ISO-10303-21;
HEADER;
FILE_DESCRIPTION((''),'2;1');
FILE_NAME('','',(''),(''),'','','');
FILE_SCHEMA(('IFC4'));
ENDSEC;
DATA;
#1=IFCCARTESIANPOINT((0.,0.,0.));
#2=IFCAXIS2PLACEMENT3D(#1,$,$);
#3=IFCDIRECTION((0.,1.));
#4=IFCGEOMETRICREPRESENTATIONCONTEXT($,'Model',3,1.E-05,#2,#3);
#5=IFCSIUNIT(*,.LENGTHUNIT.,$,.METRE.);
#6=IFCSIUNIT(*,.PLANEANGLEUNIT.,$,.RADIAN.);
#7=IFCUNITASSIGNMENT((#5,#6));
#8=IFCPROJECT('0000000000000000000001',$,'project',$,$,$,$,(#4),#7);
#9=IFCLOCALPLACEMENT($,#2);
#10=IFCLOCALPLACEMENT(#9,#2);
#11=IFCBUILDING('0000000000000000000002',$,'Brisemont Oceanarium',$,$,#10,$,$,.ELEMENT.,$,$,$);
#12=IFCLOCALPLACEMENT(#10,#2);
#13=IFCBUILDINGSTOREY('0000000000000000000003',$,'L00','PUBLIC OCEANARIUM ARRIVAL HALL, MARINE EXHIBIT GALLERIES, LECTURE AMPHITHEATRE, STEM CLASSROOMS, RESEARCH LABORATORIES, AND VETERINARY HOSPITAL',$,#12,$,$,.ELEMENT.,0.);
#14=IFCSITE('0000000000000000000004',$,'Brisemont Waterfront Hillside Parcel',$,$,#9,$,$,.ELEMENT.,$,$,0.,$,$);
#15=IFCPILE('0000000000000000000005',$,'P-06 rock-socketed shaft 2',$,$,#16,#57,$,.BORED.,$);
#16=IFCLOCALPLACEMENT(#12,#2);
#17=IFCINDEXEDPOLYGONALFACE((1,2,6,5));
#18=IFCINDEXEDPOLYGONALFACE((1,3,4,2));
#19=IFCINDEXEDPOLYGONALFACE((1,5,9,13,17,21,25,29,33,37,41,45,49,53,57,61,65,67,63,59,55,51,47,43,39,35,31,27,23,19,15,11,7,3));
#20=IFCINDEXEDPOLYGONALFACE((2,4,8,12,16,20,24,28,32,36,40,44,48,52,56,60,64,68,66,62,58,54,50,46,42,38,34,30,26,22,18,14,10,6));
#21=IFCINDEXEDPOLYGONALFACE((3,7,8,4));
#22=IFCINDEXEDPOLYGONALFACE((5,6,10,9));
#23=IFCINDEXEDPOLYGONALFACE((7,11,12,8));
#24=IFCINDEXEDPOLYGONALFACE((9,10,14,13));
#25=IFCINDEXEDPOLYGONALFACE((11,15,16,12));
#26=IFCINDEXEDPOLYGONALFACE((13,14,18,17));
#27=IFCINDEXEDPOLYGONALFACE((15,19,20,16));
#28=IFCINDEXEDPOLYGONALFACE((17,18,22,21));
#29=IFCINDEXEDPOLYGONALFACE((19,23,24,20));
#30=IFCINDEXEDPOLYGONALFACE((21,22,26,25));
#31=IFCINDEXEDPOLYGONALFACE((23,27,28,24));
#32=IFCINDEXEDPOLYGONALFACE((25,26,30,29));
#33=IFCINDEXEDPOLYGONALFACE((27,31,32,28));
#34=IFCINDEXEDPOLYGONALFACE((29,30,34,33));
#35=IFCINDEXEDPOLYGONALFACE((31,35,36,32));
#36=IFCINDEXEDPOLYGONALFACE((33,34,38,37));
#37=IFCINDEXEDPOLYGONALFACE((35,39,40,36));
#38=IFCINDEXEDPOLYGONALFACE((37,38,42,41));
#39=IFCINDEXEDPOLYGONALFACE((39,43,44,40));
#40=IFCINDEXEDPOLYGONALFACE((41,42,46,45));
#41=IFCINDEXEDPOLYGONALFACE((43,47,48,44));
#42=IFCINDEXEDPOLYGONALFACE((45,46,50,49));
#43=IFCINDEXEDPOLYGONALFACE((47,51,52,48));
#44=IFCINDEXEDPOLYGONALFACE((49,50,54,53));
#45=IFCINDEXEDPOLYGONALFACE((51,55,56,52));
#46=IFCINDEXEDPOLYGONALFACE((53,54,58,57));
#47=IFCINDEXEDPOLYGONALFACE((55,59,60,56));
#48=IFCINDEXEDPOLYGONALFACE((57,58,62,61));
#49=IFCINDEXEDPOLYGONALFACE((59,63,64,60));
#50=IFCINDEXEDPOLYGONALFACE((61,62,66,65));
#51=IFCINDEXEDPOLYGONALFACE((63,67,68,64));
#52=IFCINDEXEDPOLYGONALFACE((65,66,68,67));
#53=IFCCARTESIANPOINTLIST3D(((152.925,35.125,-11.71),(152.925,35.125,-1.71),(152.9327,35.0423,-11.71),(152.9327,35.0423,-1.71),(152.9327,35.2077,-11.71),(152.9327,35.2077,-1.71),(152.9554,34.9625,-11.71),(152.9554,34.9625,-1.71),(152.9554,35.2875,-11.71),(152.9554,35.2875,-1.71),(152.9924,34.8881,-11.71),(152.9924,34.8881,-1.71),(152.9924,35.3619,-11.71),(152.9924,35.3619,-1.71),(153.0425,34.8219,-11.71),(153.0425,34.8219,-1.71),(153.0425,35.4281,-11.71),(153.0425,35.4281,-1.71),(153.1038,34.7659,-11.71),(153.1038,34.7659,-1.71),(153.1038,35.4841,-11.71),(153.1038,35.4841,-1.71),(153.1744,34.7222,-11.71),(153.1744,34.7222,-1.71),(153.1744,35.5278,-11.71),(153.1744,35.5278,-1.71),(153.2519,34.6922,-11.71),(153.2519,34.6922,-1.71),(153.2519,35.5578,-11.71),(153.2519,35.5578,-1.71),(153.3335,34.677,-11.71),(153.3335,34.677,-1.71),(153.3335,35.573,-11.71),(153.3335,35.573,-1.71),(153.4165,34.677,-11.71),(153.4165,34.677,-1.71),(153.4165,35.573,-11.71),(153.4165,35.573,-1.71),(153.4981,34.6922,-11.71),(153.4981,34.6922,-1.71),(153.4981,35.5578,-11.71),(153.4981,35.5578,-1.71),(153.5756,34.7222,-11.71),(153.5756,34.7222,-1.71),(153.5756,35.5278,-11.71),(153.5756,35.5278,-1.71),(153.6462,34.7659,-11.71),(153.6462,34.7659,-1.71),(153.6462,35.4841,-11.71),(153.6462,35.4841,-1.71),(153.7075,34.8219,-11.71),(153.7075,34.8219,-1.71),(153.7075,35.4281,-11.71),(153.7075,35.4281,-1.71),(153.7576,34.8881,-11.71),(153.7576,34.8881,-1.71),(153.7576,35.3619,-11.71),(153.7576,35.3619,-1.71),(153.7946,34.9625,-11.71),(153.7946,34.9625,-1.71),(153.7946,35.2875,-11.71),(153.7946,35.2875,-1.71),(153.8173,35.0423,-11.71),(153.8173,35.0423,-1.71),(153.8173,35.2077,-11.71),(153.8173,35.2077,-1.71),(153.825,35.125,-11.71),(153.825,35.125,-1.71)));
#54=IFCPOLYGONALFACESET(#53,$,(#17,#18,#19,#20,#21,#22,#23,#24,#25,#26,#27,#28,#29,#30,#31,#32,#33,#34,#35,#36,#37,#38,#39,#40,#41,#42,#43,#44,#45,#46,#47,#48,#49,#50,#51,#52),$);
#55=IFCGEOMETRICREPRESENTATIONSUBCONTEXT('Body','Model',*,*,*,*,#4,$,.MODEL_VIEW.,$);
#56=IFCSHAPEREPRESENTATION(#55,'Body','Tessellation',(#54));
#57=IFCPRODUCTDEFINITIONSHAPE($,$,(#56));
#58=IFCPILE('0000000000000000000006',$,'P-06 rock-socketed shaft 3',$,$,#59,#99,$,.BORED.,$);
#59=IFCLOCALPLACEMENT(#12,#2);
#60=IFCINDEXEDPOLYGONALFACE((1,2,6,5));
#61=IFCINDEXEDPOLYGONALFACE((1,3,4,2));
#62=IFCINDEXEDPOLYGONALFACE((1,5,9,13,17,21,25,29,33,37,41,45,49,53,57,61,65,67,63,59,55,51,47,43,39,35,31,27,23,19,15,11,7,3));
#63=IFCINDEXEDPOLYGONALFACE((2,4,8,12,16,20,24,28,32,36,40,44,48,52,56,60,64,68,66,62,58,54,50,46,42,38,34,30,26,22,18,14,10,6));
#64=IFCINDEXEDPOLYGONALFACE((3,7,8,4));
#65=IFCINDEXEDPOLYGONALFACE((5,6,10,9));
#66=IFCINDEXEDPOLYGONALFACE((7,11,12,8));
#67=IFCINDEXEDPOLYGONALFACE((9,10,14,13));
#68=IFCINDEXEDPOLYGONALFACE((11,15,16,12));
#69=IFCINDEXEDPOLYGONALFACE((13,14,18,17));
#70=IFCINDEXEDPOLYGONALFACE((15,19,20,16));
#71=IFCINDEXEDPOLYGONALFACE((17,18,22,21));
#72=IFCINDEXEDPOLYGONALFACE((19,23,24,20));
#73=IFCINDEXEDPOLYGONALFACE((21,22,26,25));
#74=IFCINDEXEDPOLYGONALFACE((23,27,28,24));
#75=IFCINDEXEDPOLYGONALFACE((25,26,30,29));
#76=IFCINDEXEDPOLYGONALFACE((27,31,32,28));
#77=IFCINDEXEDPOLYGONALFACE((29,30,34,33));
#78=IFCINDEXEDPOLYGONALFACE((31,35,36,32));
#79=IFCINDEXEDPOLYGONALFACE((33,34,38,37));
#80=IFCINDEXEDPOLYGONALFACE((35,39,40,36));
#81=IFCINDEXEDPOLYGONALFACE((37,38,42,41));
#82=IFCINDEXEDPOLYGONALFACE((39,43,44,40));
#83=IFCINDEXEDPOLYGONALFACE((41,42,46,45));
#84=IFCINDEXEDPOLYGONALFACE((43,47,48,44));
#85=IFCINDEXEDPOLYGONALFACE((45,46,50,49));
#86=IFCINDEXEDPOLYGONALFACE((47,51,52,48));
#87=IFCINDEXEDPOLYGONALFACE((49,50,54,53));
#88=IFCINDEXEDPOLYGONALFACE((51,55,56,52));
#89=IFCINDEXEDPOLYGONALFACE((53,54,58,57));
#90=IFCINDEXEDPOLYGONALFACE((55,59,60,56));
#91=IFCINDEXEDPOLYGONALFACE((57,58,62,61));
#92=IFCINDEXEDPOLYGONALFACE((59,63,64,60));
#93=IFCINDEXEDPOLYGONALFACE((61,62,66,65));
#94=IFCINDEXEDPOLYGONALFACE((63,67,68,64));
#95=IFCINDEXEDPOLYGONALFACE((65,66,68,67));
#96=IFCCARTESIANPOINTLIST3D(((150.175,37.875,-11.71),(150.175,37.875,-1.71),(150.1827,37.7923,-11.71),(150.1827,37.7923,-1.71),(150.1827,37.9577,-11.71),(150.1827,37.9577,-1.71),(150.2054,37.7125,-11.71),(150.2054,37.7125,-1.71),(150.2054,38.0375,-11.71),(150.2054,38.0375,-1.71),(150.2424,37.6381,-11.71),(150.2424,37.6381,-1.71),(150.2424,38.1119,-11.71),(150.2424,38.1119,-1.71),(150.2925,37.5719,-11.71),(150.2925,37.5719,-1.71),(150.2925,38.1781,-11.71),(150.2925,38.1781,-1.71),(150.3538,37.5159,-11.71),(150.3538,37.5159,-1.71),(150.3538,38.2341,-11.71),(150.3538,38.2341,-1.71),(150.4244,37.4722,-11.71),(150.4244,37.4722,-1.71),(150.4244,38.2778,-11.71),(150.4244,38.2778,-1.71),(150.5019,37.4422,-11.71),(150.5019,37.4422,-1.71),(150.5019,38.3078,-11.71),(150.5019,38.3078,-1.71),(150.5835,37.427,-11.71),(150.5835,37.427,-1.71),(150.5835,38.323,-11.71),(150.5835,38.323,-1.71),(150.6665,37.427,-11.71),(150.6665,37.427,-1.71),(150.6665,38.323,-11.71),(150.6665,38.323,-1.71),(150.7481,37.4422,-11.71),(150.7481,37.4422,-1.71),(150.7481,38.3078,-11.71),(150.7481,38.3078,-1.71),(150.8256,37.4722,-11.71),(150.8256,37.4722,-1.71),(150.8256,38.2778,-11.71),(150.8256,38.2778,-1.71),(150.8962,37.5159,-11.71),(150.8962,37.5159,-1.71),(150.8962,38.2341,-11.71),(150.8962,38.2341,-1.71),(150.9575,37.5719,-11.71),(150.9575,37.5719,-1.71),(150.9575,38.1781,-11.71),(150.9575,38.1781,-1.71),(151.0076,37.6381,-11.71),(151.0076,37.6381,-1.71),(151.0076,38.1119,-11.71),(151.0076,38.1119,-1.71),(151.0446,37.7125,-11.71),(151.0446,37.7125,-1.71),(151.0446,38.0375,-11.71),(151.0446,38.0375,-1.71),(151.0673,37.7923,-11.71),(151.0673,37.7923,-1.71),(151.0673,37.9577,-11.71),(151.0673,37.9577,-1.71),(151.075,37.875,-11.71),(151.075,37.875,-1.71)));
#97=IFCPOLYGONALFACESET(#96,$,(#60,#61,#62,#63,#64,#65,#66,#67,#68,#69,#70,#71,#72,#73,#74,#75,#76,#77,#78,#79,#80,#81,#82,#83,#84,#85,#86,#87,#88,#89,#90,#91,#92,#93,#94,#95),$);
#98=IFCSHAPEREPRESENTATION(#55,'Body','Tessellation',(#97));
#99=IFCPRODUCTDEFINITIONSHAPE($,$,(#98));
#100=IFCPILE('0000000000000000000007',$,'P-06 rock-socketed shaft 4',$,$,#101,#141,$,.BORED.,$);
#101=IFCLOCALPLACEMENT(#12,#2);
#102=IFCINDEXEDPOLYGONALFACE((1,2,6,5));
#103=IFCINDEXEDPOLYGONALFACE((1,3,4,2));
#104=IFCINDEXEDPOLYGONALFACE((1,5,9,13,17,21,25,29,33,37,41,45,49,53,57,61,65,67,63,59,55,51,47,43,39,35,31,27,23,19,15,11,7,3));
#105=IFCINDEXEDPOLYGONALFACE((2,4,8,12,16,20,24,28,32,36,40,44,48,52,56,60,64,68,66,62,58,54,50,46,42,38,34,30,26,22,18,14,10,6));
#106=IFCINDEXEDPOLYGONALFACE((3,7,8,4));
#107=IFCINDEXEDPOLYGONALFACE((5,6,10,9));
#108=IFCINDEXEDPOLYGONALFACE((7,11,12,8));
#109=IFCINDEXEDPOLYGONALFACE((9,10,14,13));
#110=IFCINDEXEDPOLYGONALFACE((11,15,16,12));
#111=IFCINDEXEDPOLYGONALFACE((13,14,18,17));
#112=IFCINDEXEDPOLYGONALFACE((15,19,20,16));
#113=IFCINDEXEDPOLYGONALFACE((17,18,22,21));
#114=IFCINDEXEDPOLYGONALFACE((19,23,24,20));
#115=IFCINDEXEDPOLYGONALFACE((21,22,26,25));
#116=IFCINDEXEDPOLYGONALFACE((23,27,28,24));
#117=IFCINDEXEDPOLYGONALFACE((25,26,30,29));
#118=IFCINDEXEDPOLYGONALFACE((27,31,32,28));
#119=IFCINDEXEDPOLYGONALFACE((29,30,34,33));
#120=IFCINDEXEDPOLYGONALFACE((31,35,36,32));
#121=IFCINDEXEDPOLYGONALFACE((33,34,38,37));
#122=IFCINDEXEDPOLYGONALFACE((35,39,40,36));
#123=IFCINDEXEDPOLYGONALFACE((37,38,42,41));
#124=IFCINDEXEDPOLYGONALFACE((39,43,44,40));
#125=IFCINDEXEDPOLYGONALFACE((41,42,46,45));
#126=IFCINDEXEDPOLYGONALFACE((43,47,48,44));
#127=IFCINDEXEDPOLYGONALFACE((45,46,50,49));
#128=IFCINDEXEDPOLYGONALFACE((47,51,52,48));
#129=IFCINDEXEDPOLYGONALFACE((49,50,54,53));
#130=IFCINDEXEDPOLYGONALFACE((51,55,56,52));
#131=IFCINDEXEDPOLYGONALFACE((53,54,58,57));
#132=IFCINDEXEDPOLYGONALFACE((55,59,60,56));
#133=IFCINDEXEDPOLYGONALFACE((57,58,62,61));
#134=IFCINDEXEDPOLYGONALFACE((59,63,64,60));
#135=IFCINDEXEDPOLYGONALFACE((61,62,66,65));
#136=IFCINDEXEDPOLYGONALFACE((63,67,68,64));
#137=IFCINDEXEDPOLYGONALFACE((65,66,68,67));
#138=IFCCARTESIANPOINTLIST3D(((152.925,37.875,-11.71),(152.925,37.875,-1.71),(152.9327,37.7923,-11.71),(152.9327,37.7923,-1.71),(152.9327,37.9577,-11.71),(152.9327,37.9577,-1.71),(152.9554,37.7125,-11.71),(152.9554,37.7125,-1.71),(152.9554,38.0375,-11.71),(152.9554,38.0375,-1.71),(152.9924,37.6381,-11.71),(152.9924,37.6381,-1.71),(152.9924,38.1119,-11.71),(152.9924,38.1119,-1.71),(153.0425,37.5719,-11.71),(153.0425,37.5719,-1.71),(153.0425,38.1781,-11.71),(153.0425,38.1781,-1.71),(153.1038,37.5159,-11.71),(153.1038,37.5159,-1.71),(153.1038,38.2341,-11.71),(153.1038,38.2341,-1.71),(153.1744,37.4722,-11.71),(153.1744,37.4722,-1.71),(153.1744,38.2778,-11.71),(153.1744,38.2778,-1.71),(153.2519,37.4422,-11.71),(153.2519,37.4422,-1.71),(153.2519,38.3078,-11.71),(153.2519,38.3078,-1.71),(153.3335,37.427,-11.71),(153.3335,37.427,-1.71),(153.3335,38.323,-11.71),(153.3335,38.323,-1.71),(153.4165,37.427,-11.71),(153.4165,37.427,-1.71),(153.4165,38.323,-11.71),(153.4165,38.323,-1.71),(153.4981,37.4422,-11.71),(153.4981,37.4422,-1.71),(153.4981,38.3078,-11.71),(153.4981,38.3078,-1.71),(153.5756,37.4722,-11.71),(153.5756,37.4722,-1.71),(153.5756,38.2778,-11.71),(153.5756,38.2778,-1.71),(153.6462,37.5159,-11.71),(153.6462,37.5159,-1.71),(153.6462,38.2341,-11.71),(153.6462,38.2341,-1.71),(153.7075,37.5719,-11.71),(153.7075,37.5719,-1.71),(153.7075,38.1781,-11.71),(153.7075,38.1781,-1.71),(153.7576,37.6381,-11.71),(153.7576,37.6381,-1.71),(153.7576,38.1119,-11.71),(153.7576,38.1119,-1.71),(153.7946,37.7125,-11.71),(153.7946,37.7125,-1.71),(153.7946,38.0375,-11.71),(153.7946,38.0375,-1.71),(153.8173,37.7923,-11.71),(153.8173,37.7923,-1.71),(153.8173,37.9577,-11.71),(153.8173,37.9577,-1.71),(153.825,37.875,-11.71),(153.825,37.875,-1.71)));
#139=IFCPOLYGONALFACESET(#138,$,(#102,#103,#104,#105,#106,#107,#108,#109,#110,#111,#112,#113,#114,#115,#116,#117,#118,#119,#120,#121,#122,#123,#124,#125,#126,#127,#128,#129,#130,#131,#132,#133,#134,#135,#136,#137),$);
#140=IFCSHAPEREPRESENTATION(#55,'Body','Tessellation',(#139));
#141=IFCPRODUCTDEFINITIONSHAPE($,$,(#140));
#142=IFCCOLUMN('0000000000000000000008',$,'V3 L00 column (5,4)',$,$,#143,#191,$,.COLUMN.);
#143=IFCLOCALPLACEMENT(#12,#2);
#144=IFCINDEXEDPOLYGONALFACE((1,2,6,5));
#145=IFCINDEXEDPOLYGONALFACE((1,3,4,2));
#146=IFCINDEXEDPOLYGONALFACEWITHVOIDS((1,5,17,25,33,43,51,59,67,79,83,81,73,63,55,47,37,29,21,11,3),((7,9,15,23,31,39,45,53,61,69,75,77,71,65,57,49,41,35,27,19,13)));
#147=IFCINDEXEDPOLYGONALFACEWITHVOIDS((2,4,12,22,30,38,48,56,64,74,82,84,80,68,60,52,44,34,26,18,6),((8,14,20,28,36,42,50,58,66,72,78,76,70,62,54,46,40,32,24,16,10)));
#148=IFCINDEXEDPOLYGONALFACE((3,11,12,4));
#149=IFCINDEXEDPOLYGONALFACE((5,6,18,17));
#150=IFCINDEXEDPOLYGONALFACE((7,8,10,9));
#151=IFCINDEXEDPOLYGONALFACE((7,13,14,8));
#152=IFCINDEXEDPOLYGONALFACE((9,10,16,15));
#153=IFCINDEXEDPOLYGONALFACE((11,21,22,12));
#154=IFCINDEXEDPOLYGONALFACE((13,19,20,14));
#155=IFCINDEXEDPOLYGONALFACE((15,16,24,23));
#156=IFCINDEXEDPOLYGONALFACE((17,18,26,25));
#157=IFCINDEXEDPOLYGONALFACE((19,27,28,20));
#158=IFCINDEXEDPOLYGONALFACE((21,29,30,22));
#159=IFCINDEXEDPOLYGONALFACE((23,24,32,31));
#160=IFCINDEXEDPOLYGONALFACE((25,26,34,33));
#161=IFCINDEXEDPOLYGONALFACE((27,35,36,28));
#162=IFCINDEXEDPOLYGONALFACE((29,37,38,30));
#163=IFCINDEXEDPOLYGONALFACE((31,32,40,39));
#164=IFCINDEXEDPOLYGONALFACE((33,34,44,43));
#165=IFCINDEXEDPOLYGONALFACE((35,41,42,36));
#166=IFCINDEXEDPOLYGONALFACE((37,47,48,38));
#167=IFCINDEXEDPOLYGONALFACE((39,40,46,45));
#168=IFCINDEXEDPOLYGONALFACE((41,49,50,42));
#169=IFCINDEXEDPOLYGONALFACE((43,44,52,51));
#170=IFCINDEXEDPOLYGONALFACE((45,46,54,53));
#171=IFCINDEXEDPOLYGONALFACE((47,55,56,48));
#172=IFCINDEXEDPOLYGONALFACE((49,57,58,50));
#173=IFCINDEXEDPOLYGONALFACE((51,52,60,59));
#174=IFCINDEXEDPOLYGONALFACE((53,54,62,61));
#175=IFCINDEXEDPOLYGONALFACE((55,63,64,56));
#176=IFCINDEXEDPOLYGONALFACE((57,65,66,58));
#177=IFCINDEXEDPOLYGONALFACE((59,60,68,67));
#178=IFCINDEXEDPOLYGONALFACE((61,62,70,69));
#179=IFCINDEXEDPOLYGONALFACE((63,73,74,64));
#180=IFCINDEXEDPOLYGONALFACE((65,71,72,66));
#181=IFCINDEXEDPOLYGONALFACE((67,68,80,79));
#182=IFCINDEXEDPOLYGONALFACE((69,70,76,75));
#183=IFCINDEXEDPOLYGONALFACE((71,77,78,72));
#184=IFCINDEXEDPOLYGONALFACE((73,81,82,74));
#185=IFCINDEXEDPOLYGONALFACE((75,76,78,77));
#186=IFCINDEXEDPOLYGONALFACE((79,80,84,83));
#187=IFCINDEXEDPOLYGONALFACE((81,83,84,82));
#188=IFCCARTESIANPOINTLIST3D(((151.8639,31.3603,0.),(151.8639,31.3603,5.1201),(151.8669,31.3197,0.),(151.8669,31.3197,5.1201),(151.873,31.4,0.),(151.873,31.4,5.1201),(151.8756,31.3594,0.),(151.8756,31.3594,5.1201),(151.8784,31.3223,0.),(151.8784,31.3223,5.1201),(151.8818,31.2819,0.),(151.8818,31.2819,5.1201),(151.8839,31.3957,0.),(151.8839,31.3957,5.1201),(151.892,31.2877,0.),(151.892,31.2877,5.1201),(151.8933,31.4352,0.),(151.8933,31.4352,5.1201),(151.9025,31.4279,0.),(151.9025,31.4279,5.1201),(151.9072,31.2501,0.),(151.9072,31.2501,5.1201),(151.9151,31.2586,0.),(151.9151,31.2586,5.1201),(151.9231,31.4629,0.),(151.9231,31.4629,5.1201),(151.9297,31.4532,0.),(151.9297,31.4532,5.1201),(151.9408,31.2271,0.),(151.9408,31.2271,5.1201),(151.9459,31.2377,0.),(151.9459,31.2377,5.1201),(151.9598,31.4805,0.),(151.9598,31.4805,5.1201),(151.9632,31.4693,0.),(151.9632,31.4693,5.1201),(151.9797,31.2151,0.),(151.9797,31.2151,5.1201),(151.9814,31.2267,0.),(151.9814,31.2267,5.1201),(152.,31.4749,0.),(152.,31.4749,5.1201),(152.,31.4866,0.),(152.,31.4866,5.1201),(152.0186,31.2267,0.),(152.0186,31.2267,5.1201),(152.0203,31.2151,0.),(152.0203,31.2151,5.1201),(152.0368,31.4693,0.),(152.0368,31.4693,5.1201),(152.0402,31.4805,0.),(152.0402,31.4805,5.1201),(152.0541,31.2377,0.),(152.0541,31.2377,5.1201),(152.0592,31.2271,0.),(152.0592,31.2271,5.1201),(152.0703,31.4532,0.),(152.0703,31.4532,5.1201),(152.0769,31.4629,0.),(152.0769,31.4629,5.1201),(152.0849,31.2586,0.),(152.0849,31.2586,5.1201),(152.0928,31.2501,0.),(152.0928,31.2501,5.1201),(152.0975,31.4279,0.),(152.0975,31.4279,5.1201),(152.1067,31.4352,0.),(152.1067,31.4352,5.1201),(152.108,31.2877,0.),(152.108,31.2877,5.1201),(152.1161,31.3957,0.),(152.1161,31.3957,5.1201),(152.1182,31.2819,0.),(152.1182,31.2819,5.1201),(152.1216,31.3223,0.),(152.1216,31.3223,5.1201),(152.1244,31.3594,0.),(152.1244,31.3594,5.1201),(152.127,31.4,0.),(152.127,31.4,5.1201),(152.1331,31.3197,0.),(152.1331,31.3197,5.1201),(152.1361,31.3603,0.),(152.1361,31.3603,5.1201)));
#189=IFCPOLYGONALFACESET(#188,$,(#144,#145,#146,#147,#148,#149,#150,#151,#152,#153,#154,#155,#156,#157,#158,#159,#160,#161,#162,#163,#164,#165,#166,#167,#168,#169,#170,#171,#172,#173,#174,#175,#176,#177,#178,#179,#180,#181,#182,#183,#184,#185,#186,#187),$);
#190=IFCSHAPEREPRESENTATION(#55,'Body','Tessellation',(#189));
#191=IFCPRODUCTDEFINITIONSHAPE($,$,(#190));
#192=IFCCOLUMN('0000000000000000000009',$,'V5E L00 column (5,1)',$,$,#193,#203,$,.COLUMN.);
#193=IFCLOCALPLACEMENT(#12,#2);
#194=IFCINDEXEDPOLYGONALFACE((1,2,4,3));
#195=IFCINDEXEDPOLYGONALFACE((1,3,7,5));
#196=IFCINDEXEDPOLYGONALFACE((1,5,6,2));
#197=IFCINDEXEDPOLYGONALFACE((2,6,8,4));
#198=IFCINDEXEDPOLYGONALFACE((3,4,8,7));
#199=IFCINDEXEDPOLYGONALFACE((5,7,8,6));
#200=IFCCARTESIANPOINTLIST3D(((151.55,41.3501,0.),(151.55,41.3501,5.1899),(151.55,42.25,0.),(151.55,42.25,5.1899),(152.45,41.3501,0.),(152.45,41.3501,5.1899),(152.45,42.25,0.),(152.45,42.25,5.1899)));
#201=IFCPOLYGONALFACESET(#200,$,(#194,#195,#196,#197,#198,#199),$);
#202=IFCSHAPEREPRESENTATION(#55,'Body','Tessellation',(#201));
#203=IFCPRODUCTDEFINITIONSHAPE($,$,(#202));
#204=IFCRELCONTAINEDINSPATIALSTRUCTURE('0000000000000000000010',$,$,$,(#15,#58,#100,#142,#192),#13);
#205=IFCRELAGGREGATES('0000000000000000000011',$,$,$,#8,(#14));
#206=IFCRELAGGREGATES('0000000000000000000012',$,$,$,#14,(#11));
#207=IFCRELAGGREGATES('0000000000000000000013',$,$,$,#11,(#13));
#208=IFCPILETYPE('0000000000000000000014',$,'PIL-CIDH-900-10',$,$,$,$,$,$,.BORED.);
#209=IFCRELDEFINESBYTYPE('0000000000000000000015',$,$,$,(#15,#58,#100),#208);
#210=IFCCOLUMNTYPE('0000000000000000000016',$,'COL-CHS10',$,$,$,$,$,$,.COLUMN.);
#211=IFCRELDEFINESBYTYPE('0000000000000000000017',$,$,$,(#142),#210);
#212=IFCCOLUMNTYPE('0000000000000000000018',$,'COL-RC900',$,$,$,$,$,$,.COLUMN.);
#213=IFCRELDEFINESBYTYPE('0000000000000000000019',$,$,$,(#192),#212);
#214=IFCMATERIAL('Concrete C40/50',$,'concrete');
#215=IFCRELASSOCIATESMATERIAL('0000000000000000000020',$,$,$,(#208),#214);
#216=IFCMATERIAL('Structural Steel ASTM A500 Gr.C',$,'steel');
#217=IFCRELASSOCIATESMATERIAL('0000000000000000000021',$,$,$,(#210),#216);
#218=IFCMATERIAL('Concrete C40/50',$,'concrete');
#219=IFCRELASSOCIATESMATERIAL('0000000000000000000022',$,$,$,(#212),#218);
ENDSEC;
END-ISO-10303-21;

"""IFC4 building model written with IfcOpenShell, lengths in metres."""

from ifc_helpers import new_model, si_unit, direction, frame, origin, origin_2d, place, context, subcontext, project, spatial, rectangle, circle, hollow_circle, extrude, material, material_profile, profile_set, type_object, element, save


model = new_model("IFC4")

# Units and contexts
model_context = context("Model", 3, precision=1e-05, world=origin(), true_north=direction((0.0, 1.0)))
body_context = subcontext(model_context, "Body", "Model", "MODEL_VIEW")
ifc_project = project(units=[si_unit("LENGTHUNIT", "METRE"), si_unit("PLANEANGLEUNIT", "RADIAN")], contexts=[model_context])

# Site, building, storey
site_placement = place(None, origin())
site = spatial("IfcSite", under=ifc_project, at=site_placement, Name="Brisemont Waterfront Hillside Parcel", CompositionType="ELEMENT", RefElevation=0.0)
building_placement = place(site_placement, origin())
building = spatial("IfcBuilding", under=site, at=building_placement, Name="Brisemont Oceanarium", CompositionType="ELEMENT")
storey_placement = place(building_placement, origin())
storey = spatial("IfcBuildingStorey", under=building, at=storey_placement, Name="L00", Description="PUBLIC OCEANARIUM ARRIVAL HALL, MARINE EXHIBIT GALLERIES, LECTURE AMPHITHEATRE, STEM CLASSROOMS, RESEARCH LABORATORIES, AND VETERINARY HOSPITAL", CompositionType="ELEMENT", Elevation=0.0)

# Piles
ifc_material_1 = material(Name="Concrete C40/50", Category="concrete")
ifc_material_profile_1 = material_profile(ifc_material_1, circle(Radius=0.45, at=origin_2d()), Name="CIDH-D900")
ifc_profile_set_1 = profile_set([ifc_material_profile_1], Name="Concrete C40/50")
pile_type_1 = type_object("IfcPileType", Name="PIL-CIDH-900-10", PredefinedType="BORED", material=ifc_profile_set_1)
for number, where, z_axis, x_axis, name in (
    (1, (153.375, 35.125, -1.71), (0.0, 0.0, -1.0), (1.0, 0.0, 0.0), "P-06 rock-socketed shaft 2"),
    (2, (150.625, 37.875, -1.71), (0.0, 0.0, -1.0), (1.0, 0.0, 0.0), "P-06 rock-socketed shaft 3"),
    (3, (153.375, 37.875, -1.71), (0.0, 0.0, -1.0), (1.0, 0.0, 0.0), "P-06 rock-socketed shaft 4"),
):
    element("IfcPile", number, at=place(storey_placement, frame(where, z_axis=z_axis, x_axis=x_axis)), inside=storey, type_object=pile_type_1, Name=name, PredefinedType="BORED", context=body_context, shape_type="SweptSolid", body=[
        extrude(circle(Radius=0.45, at=origin_2d()), origin(), (0.0, 0.0, 1.0), 10.0),
    ])

# Columns
ifc_material_2 = material(Name="Structural Steel ASTM A500 Gr.C", Category="steel")
ifc_material_profile_2 = material_profile(ifc_material_2, hollow_circle(Radius=0.1365, WallThickness=0.0117, at=origin_2d()), Name="HSS10.750X0.500")
ifc_profile_set_2 = profile_set([ifc_material_profile_2], Name="Structural Steel ASTM A500 Gr.C")
column_type_1 = type_object("IfcColumnType", Name="COL-CHS10", PredefinedType="COLUMN", material=ifc_profile_set_2)
column_1_placement = place(storey_placement, frame((152.0, 31.3501, 0.0), z_axis=(0.0, 0.0, 1.0), x_axis=(0.0, 1.0, 0.0)))
element("IfcColumn", 4, at=column_1_placement, inside=storey, type_object=column_type_1, Name="V3 L00 column (5,4)", PredefinedType="COLUMN", context=body_context, shape_type="SweptSolid", body=[
    extrude(hollow_circle(Radius=0.1365, WallThickness=0.0117, at=origin_2d()), origin(), (0.0, 0.0, 1.0), 5.1201),
])
ifc_material_3 = material(Name="Concrete C40/50", Category="concrete")
ifc_material_profile_3 = material_profile(ifc_material_3, rectangle(XDim=0.8999, YDim=0.8999, at=origin_2d()), Name="RC-COL-900X900")
ifc_profile_set_3 = profile_set([ifc_material_profile_3], Name="Concrete C40/50")
column_type_2 = type_object("IfcColumnType", Name="COL-RC900", PredefinedType="COLUMN", material=ifc_profile_set_3)
column_2_placement = place(storey_placement, frame((152.0, 41.8, 0.0), z_axis=(0.0, 0.0, 1.0), x_axis=(1.0, 0.0, 0.0)))
element("IfcColumn", 5, at=column_2_placement, inside=storey, type_object=column_type_2, Name="V5E L00 column (5,1)", PredefinedType="COLUMN", context=body_context, shape_type="SweptSolid", body=[
    extrude(rectangle(XDim=0.8999, YDim=0.8999, at=origin_2d()), origin(), (0.0, 0.0, 1.0), 5.1899),
])

save(model, "model.ifc")
